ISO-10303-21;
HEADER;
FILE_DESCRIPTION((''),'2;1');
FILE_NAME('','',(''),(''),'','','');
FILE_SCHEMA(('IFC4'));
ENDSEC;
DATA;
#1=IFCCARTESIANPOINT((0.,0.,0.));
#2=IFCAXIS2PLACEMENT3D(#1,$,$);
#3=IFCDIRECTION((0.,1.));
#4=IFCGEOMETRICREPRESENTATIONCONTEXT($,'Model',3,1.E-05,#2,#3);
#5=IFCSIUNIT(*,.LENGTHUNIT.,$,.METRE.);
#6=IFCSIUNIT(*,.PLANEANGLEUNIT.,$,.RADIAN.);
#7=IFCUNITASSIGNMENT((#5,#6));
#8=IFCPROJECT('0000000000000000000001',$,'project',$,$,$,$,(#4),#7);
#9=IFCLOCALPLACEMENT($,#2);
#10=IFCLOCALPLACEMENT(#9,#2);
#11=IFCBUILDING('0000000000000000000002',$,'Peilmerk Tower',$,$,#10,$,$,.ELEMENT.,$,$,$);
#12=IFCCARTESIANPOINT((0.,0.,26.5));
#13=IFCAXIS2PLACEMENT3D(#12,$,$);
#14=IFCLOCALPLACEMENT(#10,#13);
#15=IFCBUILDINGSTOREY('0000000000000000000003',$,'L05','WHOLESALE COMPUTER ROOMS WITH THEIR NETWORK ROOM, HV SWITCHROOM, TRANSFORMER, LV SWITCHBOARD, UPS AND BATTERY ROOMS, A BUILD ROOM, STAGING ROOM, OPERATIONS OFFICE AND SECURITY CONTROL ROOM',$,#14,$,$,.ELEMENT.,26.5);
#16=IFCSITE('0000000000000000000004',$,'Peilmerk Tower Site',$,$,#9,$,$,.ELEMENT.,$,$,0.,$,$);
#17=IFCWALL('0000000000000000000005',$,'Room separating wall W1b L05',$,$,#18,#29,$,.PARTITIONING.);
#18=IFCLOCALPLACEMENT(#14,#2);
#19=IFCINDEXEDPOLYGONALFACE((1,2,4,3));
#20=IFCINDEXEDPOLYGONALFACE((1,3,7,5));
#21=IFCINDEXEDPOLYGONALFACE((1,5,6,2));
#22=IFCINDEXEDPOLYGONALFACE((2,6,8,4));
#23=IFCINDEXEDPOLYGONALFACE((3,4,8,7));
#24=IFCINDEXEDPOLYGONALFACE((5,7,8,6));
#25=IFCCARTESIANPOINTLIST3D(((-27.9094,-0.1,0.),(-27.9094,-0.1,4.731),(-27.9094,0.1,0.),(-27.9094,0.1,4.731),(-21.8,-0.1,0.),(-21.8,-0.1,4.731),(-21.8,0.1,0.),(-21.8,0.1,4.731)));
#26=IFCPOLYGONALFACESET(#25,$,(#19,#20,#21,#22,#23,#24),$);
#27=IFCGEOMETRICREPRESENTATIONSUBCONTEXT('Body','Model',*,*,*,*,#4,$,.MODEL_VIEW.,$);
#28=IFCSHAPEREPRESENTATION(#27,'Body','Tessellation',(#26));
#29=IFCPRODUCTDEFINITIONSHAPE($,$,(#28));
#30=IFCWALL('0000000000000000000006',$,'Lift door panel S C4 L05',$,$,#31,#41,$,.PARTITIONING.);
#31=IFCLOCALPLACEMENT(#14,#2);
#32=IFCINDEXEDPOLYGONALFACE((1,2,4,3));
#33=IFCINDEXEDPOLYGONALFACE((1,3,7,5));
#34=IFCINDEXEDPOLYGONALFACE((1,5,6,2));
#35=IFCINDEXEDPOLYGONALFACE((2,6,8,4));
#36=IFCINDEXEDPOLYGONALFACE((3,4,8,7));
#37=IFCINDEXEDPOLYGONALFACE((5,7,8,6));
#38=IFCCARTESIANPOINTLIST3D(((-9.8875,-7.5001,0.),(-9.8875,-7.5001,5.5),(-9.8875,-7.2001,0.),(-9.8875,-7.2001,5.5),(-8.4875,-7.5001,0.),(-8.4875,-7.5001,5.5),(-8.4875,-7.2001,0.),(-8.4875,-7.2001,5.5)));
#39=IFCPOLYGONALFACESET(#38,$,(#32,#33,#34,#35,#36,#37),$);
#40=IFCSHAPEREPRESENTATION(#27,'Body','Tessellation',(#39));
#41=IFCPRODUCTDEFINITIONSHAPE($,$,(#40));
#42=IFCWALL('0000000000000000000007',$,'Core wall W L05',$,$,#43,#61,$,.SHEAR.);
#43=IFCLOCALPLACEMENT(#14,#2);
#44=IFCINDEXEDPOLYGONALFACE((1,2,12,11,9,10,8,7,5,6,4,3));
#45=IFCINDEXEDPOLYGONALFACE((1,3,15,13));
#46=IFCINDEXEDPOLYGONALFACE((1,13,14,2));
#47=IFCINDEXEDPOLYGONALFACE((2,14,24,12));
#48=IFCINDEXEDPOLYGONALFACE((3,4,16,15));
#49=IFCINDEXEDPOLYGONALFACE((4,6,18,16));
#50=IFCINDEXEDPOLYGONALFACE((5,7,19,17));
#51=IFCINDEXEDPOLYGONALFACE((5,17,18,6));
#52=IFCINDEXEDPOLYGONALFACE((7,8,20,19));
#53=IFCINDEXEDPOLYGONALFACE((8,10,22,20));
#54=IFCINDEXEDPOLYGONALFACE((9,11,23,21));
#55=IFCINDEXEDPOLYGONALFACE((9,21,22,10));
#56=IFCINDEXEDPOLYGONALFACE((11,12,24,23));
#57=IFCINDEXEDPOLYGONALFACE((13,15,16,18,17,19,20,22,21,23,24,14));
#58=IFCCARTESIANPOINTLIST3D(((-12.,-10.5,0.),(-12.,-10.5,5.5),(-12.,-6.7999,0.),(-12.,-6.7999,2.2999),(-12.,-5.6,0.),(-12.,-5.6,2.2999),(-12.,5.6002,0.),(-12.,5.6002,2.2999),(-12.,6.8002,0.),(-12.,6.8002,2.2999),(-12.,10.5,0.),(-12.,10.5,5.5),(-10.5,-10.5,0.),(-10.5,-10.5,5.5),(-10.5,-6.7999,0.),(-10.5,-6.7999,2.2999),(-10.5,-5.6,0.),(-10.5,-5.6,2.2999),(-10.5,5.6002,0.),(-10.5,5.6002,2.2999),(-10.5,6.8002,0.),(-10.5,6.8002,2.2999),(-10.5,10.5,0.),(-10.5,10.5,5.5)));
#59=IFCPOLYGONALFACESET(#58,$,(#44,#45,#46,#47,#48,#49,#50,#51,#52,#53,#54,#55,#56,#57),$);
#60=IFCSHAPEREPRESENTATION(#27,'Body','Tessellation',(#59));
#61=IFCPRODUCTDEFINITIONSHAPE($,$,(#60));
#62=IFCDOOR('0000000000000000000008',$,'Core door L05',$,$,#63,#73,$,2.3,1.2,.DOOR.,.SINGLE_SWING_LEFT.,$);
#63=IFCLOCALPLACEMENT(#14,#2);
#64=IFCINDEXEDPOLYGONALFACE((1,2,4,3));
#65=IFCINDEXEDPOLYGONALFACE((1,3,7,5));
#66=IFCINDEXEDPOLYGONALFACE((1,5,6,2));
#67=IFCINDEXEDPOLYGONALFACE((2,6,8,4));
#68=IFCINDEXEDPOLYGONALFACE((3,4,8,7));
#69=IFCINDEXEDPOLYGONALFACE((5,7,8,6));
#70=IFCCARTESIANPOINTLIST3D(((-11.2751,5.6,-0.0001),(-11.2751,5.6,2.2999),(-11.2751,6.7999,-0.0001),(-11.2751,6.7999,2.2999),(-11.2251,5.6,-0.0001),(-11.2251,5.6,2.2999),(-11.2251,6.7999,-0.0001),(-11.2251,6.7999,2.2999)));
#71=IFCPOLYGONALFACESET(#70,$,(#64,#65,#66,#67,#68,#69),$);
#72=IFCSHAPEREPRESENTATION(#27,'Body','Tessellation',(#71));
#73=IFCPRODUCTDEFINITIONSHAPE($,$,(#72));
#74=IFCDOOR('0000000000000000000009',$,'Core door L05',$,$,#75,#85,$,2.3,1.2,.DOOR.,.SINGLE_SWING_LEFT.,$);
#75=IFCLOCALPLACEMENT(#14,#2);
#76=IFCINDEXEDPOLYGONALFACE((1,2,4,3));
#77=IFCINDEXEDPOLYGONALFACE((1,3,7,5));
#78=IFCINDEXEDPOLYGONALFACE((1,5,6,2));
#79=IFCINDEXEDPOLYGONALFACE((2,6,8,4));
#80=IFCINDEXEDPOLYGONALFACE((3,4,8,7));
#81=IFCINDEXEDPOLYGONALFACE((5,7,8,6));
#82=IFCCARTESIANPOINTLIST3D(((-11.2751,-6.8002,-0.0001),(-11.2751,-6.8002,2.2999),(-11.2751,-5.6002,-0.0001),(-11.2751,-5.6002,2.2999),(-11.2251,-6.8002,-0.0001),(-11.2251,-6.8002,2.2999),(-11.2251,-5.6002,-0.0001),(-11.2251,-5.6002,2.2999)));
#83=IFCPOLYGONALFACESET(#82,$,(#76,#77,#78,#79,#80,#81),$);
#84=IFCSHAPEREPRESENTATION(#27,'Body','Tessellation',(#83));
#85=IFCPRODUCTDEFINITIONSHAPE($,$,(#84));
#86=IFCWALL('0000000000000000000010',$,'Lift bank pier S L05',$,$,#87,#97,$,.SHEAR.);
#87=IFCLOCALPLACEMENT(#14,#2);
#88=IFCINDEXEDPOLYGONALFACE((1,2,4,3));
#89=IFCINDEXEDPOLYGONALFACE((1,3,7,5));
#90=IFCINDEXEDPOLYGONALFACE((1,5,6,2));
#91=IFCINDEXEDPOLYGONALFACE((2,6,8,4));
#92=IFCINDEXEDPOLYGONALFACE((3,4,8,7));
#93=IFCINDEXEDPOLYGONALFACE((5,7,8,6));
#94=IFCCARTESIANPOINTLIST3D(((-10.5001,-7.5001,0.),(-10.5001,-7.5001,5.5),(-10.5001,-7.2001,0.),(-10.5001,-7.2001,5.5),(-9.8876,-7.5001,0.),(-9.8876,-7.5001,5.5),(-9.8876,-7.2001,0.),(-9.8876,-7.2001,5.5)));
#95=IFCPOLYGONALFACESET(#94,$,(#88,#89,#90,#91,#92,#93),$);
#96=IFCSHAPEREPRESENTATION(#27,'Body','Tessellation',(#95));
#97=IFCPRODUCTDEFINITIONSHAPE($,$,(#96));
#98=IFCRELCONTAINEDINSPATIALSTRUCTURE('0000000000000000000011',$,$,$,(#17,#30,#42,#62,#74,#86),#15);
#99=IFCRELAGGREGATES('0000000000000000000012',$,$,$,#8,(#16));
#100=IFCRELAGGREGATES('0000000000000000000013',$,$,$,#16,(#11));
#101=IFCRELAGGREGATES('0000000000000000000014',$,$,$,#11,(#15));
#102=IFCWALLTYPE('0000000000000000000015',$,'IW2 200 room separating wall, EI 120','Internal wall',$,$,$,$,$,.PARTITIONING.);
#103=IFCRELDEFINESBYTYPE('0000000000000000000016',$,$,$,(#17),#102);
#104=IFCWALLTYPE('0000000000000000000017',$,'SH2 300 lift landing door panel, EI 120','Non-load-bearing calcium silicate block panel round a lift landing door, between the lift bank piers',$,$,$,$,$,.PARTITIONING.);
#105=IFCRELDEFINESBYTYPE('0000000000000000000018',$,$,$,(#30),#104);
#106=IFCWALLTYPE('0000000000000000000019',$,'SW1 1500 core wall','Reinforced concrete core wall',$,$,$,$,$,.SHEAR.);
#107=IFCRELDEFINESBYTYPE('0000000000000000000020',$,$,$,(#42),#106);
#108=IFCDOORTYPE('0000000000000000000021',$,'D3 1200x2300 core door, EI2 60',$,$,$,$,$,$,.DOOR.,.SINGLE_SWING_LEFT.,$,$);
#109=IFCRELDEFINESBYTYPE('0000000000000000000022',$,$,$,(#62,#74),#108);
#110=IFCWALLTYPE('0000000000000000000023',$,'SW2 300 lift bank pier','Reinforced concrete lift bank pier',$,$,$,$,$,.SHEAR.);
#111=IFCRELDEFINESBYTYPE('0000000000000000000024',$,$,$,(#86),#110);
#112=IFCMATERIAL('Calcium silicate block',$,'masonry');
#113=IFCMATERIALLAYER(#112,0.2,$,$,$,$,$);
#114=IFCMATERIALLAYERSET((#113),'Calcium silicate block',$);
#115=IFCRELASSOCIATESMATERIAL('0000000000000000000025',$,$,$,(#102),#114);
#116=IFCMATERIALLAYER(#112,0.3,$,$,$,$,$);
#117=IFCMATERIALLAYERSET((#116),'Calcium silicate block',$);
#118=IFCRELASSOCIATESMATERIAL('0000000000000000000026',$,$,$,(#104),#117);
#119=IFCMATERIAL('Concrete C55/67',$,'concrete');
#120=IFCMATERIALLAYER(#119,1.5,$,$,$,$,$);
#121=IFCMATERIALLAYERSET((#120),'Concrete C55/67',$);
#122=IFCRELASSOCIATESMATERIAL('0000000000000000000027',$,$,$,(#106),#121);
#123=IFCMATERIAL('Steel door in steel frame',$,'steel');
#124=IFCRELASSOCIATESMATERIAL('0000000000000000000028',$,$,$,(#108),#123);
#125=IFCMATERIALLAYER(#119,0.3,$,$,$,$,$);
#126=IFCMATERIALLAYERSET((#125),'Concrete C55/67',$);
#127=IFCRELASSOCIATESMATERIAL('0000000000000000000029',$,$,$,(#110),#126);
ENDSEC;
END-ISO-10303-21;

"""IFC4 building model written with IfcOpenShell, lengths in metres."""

from ifc_helpers import new_model, si_unit, direction, frame, frame_2d, origin, place, context, subcontext, project, spatial, rectangle, extrude, material, layer, layer_set, type_object, element, fill, save


model = new_model("IFC4")

# Units and contexts
model_context = context("Model", 3, precision=1e-05, world=origin(), true_north=direction((0.0, 1.0)))
body_context = subcontext(model_context, "Body", "Model", "MODEL_VIEW")
ifc_project = project(units=[si_unit("LENGTHUNIT", "METRE"), si_unit("PLANEANGLEUNIT", "RADIAN")], contexts=[model_context])

# Site, building, storey
site_placement = place(None, origin())
site = spatial("IfcSite", under=ifc_project, at=site_placement, Name="Peilmerk Tower Site", CompositionType="ELEMENT", RefElevation=0.0)
building_placement = place(site_placement, origin())
building = spatial("IfcBuilding", under=site, at=building_placement, Name="Peilmerk Tower", CompositionType="ELEMENT")
storey_placement = place(building_placement, frame((0.0, 0.0, 26.5)))
storey = spatial("IfcBuildingStorey", under=building, at=storey_placement, Name="L05", Description="WHOLESALE COMPUTER ROOMS WITH THEIR NETWORK ROOM, HV SWITCHROOM, TRANSFORMER, LV SWITCHBOARD, UPS AND BATTERY ROOMS, A BUILD ROOM, STAGING ROOM, OPERATIONS OFFICE AND SECURITY CONTROL ROOM", CompositionType="ELEMENT", Elevation=26.5)

# Walls
ifc_material_1 = material(Name="Calcium silicate block", Category="masonry")
ifc_layer_1 = layer(ifc_material_1, 0.2)
ifc_layer_set_1 = layer_set([ifc_layer_1], Name="Calcium silicate block")
wall_type_1 = type_object("IfcWallType", Name="IW2 200 room separating wall, EI 120", Description="Internal wall", PredefinedType="PARTITIONING", material=ifc_layer_set_1)
wall_1_placement = place(storey_placement, frame((-21.8, 0.0, 0.0), z_axis=(0.0, 0.0, 1.0), x_axis=(-1.0, 0.0, 0.0)))
element("IfcWall", 1, at=wall_1_placement, inside=storey, type_object=wall_type_1, Name="Room separating wall W1b L05", PredefinedType="PARTITIONING", context=body_context, shape_type="SweptSolid", body=[
    extrude(rectangle(XDim=6.1094, YDim=0.2, at=frame_2d((3.0547, 0.0))), origin(), (0.0, 0.0, 1.0), 4.731),
])
ifc_layer_2 = layer(ifc_material_1, 0.3)
ifc_layer_set_2 = layer_set([ifc_layer_2], Name="Calcium silicate block")
wall_type_2 = type_object("IfcWallType", Name="SH2 300 lift landing door panel, EI 120", Description="Non-load-bearing calcium silicate block panel round a lift landing door, between the lift bank piers", PredefinedType="PARTITIONING", material=ifc_layer_set_2)
wall_2_placement = place(storey_placement, frame((-9.8875, -7.3501, 0.0), z_axis=(0.0, 0.0, 1.0), x_axis=(1.0, 0.0, 0.0)))
element("IfcWall", 2, at=wall_2_placement, inside=storey, type_object=wall_type_2, Name="Lift door panel S C4 L05", PredefinedType="PARTITIONING", context=body_context, shape_type="SweptSolid", body=[
    extrude(rectangle(XDim=1.3999, YDim=0.3, at=frame_2d((0.7, 0.0))), origin(), (0.0, 0.0, 1.0), 5.5),
])

# Wall, openings, doors
ifc_material_2 = material(Name="Concrete C55/67", Category="concrete")
ifc_layer_3 = layer(ifc_material_2, 1.5)
ifc_layer_set_3 = layer_set([ifc_layer_3], Name="Concrete C55/67")
wall_type_3 = type_object("IfcWallType", Name="SW1 1500 core wall", Description="Reinforced concrete core wall", PredefinedType="SHEAR", material=ifc_layer_set_3)
wall_3_placement = place(storey_placement, frame((-11.25, -10.5, 0.0), z_axis=(0.0, 0.0, 1.0), x_axis=(0.0, 1.0, 0.0)))
wall_3 = element("IfcWall", 3, at=wall_3_placement, inside=storey, type_object=wall_type_3, Name="Core wall W L05", PredefinedType="SHEAR", context=body_context, shape_type="SweptSolid", body=[
    extrude(rectangle(XDim=21.0, YDim=1.5, at=frame_2d((10.5, 0.0))), origin(), (0.0, 0.0, 1.0), 5.5),
])
opening_1_placement = place(wall_3_placement, frame((16.1001, 0.0, 0.0)))
opening_1 = element("IfcOpeningElement", 4, at=opening_1_placement, cuts=wall_3, PredefinedType="OPENING", context=body_context, shape_type="SweptSolid", body=[
    extrude(rectangle(XDim=1.2, YDim=2.3, at=frame_2d((0.6001, 1.1499))), frame((0.0, 0.76, 0.0), z_axis=(0.0, -1.0, 0.0), x_axis=(1.0, 0.0, 0.0)), (0.0, 0.0, 1.0), 1.52),
])
opening_2_placement = place(wall_3_placement, frame((3.7, 0.0, 0.0)))
opening_2 = element("IfcOpeningElement", 5, at=opening_2_placement, cuts=wall_3, PredefinedType="OPENING", context=body_context, shape_type="SweptSolid", body=[
    extrude(rectangle(XDim=1.2, YDim=2.3, at=frame_2d((0.6001, 1.1499))), frame((0.0, 0.76, 0.0), z_axis=(0.0, -1.0, 0.0), x_axis=(1.0, 0.0, 0.0)), (0.0, 0.0, 1.0), 1.52),
])
ifc_material_3 = material(Name="Steel door in steel frame", Category="steel")
door_type = type_object("IfcDoorType", Name="D3 1200x2300 core door, EI2 60", OperationType="SINGLE_SWING_LEFT", PredefinedType="DOOR", material=ifc_material_3)
door_1_placement = place(opening_1_placement, frame((1.2, 0.0, 0.0), z_axis=(0.0, 0.0, 1.0), x_axis=(-1.0, 0.0, 0.0)))
door_1 = element("IfcDoor", 6, at=door_1_placement, inside=storey, type_object=door_type, Name="Core door L05", OperationType="SINGLE_SWING_LEFT", OverallHeight=2.3, OverallWidth=1.2, PredefinedType="DOOR", context=body_context, shape_type="SweptSolid", body=[
    extrude(rectangle(XDim=1.2, YDim=2.3, at=frame_2d((0.6001, 1.1499))), frame((0.0, 0.0249, 0.0), z_axis=(0.0, -1.0, 0.0), x_axis=(1.0, 0.0, 0.0)), (0.0, 0.0, 1.0), 0.05),
])
fill(opening_1, door_1)
door_2_placement = place(opening_2_placement, frame((1.2, 0.0, 0.0), z_axis=(0.0, 0.0, 1.0), x_axis=(-1.0, 0.0, 0.0)))
door_2 = element("IfcDoor", 7, at=door_2_placement, inside=storey, type_object=door_type, Name="Core door L05", OperationType="SINGLE_SWING_LEFT", OverallHeight=2.3, OverallWidth=1.2, PredefinedType="DOOR", context=body_context, shape_type="SweptSolid", body=[
    extrude(rectangle(XDim=1.2, YDim=2.3, at=frame_2d((0.6001, 1.1499))), frame((0.0, 0.0249, 0.0), z_axis=(0.0, -1.0, 0.0), x_axis=(1.0, 0.0, 0.0)), (0.0, 0.0, 1.0), 0.05),
])
fill(opening_2, door_2)

# Wall
ifc_layer_4 = layer(ifc_material_2, 0.3)
ifc_layer_set_4 = layer_set([ifc_layer_4], Name="Concrete C55/67")
wall_type_4 = type_object("IfcWallType", Name="SW2 300 lift bank pier", Description="Reinforced concrete lift bank pier", PredefinedType="SHEAR", material=ifc_layer_set_4)
wall_4_placement = place(storey_placement, frame((-10.5, -7.3501, 0.0), z_axis=(0.0, 0.0, 1.0), x_axis=(1.0, 0.0, 0.0)))
element("IfcWall", 8, at=wall_4_placement, inside=storey, type_object=wall_type_4, Name="Lift bank pier S L05", PredefinedType="SHEAR", context=body_context, shape_type="SweptSolid", body=[
    extrude(rectangle(XDim=0.6125, YDim=0.3, at=frame_2d((0.3062, 0.0))), origin(), (0.0, 0.0, 1.0), 5.5),
])

save(model, "model.ifc")
